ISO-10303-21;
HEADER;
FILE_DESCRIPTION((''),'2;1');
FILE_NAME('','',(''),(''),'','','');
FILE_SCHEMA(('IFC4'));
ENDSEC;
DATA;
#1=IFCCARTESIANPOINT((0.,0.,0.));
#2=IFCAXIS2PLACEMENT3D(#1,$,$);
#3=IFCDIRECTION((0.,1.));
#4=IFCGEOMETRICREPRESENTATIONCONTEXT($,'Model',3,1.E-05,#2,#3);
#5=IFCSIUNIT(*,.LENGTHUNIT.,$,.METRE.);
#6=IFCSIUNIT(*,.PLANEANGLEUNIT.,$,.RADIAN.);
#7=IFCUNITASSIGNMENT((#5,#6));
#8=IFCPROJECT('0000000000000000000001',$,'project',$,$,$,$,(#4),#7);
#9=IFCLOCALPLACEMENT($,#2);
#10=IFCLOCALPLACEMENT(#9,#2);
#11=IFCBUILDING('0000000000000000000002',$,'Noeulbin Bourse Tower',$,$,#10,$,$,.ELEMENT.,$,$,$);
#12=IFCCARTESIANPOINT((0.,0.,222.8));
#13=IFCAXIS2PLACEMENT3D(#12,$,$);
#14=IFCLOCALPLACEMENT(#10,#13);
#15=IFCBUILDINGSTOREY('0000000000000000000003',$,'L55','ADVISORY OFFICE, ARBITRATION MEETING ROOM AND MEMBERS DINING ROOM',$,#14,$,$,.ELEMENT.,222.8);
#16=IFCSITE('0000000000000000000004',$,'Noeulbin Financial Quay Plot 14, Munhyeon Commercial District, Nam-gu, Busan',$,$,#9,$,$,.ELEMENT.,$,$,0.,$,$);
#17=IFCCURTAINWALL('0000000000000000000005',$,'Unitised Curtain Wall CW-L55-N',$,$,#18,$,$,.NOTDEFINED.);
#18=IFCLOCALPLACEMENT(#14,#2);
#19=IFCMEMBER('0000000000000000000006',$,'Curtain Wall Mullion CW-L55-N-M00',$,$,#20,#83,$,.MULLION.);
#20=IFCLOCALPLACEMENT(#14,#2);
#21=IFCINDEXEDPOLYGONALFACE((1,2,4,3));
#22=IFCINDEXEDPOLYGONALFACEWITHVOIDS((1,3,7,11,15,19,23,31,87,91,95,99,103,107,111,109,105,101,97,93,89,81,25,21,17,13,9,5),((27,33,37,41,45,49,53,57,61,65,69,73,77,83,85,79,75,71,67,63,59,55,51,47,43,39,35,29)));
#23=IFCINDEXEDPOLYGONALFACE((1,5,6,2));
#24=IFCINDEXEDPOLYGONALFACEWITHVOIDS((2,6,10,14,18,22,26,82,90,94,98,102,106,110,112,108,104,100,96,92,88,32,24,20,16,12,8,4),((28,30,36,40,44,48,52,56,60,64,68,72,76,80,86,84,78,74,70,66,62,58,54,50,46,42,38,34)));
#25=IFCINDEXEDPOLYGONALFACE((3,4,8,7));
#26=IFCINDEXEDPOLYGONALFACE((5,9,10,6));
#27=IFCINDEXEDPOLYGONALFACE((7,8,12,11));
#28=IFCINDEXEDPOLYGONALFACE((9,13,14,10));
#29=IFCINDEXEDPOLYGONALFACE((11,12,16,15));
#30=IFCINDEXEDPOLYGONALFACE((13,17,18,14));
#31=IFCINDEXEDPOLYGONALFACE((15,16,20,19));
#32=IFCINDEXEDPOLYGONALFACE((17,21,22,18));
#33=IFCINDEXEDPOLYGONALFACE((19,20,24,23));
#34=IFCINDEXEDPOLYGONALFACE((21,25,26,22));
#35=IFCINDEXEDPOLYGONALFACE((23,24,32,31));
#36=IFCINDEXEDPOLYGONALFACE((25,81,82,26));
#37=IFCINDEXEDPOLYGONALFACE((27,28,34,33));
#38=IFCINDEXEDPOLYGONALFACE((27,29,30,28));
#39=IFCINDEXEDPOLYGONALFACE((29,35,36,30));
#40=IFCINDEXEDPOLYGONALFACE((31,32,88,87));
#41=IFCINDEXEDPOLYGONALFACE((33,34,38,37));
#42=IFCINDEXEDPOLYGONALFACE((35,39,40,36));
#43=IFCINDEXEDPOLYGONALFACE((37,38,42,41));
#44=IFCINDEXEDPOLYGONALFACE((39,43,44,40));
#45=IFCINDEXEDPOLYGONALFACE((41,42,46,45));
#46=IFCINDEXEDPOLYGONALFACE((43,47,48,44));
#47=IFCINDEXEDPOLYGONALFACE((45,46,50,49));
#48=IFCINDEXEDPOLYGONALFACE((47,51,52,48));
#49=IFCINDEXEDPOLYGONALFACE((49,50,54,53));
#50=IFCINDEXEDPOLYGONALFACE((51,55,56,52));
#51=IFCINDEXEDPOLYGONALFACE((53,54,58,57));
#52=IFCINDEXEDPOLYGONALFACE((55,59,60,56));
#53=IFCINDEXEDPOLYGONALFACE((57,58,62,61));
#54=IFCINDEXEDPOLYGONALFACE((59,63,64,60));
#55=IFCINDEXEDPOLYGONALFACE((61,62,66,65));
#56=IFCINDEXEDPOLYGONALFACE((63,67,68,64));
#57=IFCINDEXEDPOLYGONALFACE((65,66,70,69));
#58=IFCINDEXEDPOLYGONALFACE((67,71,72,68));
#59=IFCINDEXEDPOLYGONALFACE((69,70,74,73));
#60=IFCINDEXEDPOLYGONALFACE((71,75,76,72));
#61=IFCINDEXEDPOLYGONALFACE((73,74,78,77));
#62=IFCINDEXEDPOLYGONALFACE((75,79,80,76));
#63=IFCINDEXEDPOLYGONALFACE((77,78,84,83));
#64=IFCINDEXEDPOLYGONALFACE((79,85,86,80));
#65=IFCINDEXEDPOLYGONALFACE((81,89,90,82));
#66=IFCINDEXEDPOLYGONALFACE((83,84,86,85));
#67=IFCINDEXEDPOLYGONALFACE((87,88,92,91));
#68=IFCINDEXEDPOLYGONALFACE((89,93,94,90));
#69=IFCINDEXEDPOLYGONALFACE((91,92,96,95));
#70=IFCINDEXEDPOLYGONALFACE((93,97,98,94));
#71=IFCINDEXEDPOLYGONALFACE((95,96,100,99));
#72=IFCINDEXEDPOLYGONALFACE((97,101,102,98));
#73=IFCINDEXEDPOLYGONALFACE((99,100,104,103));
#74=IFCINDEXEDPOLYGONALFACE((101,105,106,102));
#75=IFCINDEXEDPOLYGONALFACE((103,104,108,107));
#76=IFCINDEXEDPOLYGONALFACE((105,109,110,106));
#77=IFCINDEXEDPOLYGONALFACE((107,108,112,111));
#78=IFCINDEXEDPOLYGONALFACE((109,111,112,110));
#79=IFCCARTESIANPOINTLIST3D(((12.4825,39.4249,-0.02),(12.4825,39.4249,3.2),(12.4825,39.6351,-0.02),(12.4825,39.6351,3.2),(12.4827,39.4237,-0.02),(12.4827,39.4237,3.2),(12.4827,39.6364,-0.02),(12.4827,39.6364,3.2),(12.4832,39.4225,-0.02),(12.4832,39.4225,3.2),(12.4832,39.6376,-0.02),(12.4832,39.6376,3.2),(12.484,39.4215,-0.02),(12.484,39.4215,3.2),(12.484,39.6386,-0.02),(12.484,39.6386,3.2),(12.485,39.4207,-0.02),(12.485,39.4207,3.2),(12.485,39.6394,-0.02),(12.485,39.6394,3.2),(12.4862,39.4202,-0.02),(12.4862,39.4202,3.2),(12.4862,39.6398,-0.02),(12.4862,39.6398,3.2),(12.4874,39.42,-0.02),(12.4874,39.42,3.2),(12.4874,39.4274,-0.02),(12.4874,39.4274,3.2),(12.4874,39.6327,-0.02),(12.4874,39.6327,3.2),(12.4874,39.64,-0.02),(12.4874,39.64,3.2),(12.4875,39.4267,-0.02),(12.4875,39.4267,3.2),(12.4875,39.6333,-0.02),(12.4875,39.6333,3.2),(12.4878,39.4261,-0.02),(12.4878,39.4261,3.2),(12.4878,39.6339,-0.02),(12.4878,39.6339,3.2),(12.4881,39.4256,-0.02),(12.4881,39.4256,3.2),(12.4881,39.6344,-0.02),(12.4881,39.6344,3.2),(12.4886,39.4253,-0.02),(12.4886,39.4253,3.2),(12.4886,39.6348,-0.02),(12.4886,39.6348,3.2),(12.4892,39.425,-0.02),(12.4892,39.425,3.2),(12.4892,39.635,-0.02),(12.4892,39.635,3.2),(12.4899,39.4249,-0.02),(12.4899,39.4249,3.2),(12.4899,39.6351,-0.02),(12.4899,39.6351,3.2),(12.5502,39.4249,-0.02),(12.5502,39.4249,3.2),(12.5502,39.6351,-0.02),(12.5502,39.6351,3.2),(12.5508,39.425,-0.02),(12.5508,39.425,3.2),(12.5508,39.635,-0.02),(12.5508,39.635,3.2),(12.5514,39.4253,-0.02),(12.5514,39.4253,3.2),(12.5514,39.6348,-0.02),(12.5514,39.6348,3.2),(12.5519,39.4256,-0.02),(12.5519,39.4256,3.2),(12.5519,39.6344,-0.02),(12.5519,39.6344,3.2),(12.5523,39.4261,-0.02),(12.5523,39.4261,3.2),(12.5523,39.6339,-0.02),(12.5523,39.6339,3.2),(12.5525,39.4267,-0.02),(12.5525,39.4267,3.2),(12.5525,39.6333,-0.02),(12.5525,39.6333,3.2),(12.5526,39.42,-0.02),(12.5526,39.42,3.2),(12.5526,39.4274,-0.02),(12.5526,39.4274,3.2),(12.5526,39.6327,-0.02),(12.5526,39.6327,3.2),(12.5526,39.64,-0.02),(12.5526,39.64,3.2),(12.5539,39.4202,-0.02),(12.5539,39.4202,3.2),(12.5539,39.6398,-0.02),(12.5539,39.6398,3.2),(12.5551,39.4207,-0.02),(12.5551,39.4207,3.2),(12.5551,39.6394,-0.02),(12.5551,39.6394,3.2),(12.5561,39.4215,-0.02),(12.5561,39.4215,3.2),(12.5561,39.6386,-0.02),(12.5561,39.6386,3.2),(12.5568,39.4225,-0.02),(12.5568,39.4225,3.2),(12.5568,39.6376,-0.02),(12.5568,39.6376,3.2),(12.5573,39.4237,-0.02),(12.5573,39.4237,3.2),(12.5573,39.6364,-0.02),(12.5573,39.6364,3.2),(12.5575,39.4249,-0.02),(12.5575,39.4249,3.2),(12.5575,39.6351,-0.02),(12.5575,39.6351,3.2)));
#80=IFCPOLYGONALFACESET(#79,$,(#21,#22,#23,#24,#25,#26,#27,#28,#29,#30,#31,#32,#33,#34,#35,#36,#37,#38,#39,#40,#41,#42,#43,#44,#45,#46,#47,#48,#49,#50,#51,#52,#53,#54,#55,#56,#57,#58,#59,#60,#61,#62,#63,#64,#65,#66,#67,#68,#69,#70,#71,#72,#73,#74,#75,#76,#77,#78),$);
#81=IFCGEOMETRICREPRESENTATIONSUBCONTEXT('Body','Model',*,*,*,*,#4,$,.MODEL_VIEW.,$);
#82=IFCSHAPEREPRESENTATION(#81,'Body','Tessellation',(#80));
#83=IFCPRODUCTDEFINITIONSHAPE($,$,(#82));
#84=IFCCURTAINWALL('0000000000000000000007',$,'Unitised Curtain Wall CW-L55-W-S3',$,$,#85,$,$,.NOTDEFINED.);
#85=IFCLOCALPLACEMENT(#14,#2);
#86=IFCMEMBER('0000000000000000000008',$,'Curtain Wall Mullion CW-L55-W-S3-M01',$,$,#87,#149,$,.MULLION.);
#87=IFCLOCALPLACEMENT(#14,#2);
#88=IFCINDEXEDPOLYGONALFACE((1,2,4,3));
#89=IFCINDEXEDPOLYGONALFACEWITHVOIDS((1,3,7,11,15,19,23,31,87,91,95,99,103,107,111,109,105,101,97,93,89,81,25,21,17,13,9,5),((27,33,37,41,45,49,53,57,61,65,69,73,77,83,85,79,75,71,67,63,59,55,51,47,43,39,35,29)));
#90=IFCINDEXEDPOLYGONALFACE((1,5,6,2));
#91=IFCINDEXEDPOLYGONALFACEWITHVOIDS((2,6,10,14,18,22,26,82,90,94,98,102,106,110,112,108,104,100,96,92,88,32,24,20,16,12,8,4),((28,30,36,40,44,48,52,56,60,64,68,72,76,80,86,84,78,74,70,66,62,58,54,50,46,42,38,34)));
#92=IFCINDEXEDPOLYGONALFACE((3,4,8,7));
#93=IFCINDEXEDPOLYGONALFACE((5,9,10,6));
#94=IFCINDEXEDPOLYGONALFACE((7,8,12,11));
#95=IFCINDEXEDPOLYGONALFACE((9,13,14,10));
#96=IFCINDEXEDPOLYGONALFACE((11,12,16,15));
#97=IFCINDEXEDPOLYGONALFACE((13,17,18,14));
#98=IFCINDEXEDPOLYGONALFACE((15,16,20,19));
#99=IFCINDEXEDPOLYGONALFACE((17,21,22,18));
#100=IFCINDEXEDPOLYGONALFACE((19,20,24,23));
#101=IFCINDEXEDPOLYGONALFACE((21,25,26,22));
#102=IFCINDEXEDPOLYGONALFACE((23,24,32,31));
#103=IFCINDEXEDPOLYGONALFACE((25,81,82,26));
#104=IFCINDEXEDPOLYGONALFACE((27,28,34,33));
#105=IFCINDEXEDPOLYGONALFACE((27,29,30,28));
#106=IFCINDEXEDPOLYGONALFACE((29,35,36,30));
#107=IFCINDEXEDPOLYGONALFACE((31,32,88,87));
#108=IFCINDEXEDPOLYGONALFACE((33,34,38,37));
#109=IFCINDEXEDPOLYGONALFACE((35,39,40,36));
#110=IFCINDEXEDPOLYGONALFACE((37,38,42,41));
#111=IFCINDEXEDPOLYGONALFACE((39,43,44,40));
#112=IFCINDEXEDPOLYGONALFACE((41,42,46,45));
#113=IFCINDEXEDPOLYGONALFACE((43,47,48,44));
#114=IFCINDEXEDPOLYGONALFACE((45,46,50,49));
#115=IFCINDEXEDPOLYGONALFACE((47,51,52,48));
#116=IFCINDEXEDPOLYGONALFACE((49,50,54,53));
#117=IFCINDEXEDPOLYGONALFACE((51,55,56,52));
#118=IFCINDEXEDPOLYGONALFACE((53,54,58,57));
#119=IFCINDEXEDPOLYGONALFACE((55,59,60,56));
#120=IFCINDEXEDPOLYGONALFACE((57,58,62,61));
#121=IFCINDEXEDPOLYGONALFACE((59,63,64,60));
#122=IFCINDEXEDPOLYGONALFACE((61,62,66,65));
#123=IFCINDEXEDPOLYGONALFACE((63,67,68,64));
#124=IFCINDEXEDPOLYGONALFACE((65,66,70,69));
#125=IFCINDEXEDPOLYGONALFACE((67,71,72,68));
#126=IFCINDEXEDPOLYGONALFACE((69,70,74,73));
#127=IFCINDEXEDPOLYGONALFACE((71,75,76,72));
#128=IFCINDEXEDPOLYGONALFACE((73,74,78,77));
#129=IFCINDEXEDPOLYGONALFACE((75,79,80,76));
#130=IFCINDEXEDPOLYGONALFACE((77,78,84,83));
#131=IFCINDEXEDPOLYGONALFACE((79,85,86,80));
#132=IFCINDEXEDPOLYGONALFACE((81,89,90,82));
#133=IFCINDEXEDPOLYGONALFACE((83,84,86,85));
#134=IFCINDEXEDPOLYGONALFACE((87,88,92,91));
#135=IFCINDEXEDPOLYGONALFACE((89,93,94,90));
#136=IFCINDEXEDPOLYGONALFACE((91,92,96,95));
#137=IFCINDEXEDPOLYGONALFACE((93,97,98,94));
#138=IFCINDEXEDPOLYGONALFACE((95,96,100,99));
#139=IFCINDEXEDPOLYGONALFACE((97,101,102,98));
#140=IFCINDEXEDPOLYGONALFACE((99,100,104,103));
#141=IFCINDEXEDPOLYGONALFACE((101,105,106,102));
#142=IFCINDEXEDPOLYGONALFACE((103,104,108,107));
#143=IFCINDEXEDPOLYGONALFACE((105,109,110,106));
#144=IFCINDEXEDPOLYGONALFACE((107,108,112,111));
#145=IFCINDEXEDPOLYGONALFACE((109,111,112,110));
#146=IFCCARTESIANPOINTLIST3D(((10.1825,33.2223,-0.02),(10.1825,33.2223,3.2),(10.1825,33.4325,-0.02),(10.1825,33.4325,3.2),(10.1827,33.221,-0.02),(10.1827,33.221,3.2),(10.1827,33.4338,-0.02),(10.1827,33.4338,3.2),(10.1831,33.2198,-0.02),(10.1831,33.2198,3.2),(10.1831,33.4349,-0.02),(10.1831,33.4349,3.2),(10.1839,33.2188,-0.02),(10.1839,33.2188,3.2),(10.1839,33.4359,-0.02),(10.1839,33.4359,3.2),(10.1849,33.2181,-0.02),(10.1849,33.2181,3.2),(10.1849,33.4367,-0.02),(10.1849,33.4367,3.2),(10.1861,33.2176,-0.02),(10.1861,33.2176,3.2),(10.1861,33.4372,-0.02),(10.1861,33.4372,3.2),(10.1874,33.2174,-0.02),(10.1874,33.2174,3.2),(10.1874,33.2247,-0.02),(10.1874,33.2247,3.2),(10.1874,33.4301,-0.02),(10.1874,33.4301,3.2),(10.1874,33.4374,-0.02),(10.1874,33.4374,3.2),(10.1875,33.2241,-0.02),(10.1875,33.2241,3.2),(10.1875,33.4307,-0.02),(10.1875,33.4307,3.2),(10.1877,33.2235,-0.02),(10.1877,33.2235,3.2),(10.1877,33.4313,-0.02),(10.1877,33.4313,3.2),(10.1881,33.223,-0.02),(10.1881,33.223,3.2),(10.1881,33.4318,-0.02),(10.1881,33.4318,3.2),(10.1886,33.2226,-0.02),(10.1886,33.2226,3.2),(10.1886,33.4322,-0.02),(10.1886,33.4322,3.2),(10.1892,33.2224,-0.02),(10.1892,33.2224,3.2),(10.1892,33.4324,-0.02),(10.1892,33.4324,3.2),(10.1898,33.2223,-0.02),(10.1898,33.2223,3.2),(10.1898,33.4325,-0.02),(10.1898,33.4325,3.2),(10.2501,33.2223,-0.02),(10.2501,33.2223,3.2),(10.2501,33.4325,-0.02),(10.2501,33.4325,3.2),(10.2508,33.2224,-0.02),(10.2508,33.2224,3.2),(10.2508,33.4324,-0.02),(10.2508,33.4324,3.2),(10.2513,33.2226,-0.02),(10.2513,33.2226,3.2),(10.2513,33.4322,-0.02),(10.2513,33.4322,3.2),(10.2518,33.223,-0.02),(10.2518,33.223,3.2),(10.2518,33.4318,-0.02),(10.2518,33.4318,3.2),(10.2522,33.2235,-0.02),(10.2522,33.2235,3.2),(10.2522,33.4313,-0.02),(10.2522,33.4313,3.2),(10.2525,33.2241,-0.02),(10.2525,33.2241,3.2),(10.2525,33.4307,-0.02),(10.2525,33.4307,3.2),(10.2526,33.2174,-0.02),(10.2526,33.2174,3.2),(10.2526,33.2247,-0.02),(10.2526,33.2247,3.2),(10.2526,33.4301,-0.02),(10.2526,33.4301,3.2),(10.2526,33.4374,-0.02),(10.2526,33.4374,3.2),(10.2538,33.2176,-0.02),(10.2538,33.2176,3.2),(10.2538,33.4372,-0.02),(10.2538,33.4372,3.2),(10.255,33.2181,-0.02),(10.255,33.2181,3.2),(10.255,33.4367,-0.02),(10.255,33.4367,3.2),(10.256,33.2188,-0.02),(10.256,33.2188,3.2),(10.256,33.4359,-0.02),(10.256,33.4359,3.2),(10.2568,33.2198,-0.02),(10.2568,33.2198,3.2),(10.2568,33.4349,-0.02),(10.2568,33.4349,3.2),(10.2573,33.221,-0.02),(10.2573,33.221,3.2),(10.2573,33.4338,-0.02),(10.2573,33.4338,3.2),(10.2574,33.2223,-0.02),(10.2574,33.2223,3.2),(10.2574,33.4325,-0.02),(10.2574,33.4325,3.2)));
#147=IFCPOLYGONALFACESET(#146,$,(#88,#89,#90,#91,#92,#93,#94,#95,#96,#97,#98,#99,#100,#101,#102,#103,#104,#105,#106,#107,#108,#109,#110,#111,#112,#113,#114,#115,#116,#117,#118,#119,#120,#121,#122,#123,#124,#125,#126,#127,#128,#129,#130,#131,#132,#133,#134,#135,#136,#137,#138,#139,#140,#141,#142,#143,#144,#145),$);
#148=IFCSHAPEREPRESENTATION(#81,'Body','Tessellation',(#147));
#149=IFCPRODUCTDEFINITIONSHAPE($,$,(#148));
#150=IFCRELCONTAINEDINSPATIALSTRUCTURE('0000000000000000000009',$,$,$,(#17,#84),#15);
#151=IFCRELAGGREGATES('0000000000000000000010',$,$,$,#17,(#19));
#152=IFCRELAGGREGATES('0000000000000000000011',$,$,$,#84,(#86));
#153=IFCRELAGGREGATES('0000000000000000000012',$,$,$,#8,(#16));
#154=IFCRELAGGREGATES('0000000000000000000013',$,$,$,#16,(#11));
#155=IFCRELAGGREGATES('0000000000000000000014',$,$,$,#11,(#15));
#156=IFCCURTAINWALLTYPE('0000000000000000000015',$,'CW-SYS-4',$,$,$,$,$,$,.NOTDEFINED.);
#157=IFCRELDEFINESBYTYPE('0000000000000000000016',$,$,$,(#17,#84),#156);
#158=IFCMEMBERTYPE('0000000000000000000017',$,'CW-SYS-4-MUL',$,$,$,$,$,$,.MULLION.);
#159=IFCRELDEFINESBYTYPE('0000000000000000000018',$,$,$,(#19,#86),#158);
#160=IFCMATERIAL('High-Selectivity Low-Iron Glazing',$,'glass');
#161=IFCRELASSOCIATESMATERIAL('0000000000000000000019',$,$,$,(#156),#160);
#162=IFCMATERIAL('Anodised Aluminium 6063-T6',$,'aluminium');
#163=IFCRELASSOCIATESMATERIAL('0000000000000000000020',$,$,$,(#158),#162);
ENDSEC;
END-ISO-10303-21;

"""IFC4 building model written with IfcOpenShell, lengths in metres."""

from ifc_helpers import new_model, si_unit, direction, frame, origin, origin_2d, place, context, subcontext, project, spatial, hollow_rectangle, extrude, material, material_profile, profile_set, type_object, element, aggregate, save


model = new_model("IFC4")

# Units and contexts
model_context = context("Model", 3, precision=1e-05, world=origin(), true_north=direction((0.0, 1.0)))
body_context = subcontext(model_context, "Body", "Model", "MODEL_VIEW")
ifc_project = project(units=[si_unit("LENGTHUNIT", "METRE"), si_unit("PLANEANGLEUNIT", "RADIAN")], contexts=[model_context])

# Site, building, storey
site_placement = place(None, origin())
site = spatial("IfcSite", under=ifc_project, at=site_placement, Name="Noeulbin Financial Quay Plot 14, Munhyeon Commercial District, Nam-gu, Busan", CompositionType="ELEMENT", RefElevation=0.0)
building_placement = place(site_placement, origin())
building = spatial("IfcBuilding", under=site, at=building_placement, Name="Noeulbin Bourse Tower", CompositionType="ELEMENT")
storey_placement = place(building_placement, frame((0.0, 0.0, 222.8)))
storey = spatial("IfcBuildingStorey", under=building, at=storey_placement, Name="L55", Description="ADVISORY OFFICE, ARBITRATION MEETING ROOM AND MEMBERS DINING ROOM", CompositionType="ELEMENT", Elevation=222.8)

# Curtain wall, member
ifc_material_1 = material(Name="High-Selectivity Low-Iron Glazing", Category="glass")
curtain_wall_type = type_object("IfcCurtainWallType", Name="CW-SYS-4", PredefinedType="NOTDEFINED", material=ifc_material_1)
curtain_wall_1_placement = place(storey_placement, origin())
curtain_wall_1 = element("IfcCurtainWall", 1, at=curtain_wall_1_placement, inside=storey, type_object=curtain_wall_type, Name="Unitised Curtain Wall CW-L55-N", PredefinedType="NOTDEFINED")
ifc_material_2 = material(Name="Anodised Aluminium 6063-T6", Category="aluminium")
ifc_material_profile_1 = material_profile(ifc_material_2, hollow_rectangle(XDim=0.075, YDim=0.22, WallThickness=0.0049, InnerFilletRadius=0.0024, OuterFilletRadius=0.0049, at=origin_2d()), Name="ALU-MULL-75x220x5", Category="LoadBearing")
ifc_profile_set_1 = profile_set([ifc_material_profile_1], Name="Anodised Aluminium 6063-T6")
member_type_1 = type_object("IfcMemberType", Name="CW-SYS-4-MUL", PredefinedType="MULLION", material=ifc_profile_set_1)
member_1_placement = place(storey_placement, frame((12.52, 39.53, -0.02), z_axis=(0.0, 0.0, 1.0), x_axis=(1.0, 0.0, 0.0)))
member_1 = element("IfcMember", 2, at=member_1_placement, type_object=member_type_1, Name="Curtain Wall Mullion CW-L55-N-M00", PredefinedType="MULLION", context=body_context, shape_type="SweptSolid", body=[
    extrude(hollow_rectangle(XDim=0.075, YDim=0.22, WallThickness=0.0049, InnerFilletRadius=0.0024, OuterFilletRadius=0.0049, at=origin_2d()), origin(), (0.0, 0.0, 1.0), 3.22),
])

# Curtain wall, member
curtain_wall_2_placement = place(storey_placement, origin())
curtain_wall_2 = element("IfcCurtainWall", 3, at=curtain_wall_2_placement, inside=storey, type_object=curtain_wall_type, Name="Unitised Curtain Wall CW-L55-W-S3", PredefinedType="NOTDEFINED")
member_2_placement = place(storey_placement, frame((10.22, 33.3274, -0.02), z_axis=(0.0, 0.0, 1.0), x_axis=(1.0, 0.0, 0.0)))
member_2 = element("IfcMember", 4, at=member_2_placement, type_object=member_type_1, Name="Curtain Wall Mullion CW-L55-W-S3-M01", PredefinedType="MULLION", context=body_context, shape_type="SweptSolid", body=[
    extrude(hollow_rectangle(XDim=0.075, YDim=0.22, WallThickness=0.0049, InnerFilletRadius=0.0024, OuterFilletRadius=0.0049, at=origin_2d()), origin(), (0.0, 0.0, 1.0), 3.22),
])

aggregate(curtain_wall_1, [member_1])
aggregate(curtain_wall_2, [member_2])

save(model, "model.ifc")
